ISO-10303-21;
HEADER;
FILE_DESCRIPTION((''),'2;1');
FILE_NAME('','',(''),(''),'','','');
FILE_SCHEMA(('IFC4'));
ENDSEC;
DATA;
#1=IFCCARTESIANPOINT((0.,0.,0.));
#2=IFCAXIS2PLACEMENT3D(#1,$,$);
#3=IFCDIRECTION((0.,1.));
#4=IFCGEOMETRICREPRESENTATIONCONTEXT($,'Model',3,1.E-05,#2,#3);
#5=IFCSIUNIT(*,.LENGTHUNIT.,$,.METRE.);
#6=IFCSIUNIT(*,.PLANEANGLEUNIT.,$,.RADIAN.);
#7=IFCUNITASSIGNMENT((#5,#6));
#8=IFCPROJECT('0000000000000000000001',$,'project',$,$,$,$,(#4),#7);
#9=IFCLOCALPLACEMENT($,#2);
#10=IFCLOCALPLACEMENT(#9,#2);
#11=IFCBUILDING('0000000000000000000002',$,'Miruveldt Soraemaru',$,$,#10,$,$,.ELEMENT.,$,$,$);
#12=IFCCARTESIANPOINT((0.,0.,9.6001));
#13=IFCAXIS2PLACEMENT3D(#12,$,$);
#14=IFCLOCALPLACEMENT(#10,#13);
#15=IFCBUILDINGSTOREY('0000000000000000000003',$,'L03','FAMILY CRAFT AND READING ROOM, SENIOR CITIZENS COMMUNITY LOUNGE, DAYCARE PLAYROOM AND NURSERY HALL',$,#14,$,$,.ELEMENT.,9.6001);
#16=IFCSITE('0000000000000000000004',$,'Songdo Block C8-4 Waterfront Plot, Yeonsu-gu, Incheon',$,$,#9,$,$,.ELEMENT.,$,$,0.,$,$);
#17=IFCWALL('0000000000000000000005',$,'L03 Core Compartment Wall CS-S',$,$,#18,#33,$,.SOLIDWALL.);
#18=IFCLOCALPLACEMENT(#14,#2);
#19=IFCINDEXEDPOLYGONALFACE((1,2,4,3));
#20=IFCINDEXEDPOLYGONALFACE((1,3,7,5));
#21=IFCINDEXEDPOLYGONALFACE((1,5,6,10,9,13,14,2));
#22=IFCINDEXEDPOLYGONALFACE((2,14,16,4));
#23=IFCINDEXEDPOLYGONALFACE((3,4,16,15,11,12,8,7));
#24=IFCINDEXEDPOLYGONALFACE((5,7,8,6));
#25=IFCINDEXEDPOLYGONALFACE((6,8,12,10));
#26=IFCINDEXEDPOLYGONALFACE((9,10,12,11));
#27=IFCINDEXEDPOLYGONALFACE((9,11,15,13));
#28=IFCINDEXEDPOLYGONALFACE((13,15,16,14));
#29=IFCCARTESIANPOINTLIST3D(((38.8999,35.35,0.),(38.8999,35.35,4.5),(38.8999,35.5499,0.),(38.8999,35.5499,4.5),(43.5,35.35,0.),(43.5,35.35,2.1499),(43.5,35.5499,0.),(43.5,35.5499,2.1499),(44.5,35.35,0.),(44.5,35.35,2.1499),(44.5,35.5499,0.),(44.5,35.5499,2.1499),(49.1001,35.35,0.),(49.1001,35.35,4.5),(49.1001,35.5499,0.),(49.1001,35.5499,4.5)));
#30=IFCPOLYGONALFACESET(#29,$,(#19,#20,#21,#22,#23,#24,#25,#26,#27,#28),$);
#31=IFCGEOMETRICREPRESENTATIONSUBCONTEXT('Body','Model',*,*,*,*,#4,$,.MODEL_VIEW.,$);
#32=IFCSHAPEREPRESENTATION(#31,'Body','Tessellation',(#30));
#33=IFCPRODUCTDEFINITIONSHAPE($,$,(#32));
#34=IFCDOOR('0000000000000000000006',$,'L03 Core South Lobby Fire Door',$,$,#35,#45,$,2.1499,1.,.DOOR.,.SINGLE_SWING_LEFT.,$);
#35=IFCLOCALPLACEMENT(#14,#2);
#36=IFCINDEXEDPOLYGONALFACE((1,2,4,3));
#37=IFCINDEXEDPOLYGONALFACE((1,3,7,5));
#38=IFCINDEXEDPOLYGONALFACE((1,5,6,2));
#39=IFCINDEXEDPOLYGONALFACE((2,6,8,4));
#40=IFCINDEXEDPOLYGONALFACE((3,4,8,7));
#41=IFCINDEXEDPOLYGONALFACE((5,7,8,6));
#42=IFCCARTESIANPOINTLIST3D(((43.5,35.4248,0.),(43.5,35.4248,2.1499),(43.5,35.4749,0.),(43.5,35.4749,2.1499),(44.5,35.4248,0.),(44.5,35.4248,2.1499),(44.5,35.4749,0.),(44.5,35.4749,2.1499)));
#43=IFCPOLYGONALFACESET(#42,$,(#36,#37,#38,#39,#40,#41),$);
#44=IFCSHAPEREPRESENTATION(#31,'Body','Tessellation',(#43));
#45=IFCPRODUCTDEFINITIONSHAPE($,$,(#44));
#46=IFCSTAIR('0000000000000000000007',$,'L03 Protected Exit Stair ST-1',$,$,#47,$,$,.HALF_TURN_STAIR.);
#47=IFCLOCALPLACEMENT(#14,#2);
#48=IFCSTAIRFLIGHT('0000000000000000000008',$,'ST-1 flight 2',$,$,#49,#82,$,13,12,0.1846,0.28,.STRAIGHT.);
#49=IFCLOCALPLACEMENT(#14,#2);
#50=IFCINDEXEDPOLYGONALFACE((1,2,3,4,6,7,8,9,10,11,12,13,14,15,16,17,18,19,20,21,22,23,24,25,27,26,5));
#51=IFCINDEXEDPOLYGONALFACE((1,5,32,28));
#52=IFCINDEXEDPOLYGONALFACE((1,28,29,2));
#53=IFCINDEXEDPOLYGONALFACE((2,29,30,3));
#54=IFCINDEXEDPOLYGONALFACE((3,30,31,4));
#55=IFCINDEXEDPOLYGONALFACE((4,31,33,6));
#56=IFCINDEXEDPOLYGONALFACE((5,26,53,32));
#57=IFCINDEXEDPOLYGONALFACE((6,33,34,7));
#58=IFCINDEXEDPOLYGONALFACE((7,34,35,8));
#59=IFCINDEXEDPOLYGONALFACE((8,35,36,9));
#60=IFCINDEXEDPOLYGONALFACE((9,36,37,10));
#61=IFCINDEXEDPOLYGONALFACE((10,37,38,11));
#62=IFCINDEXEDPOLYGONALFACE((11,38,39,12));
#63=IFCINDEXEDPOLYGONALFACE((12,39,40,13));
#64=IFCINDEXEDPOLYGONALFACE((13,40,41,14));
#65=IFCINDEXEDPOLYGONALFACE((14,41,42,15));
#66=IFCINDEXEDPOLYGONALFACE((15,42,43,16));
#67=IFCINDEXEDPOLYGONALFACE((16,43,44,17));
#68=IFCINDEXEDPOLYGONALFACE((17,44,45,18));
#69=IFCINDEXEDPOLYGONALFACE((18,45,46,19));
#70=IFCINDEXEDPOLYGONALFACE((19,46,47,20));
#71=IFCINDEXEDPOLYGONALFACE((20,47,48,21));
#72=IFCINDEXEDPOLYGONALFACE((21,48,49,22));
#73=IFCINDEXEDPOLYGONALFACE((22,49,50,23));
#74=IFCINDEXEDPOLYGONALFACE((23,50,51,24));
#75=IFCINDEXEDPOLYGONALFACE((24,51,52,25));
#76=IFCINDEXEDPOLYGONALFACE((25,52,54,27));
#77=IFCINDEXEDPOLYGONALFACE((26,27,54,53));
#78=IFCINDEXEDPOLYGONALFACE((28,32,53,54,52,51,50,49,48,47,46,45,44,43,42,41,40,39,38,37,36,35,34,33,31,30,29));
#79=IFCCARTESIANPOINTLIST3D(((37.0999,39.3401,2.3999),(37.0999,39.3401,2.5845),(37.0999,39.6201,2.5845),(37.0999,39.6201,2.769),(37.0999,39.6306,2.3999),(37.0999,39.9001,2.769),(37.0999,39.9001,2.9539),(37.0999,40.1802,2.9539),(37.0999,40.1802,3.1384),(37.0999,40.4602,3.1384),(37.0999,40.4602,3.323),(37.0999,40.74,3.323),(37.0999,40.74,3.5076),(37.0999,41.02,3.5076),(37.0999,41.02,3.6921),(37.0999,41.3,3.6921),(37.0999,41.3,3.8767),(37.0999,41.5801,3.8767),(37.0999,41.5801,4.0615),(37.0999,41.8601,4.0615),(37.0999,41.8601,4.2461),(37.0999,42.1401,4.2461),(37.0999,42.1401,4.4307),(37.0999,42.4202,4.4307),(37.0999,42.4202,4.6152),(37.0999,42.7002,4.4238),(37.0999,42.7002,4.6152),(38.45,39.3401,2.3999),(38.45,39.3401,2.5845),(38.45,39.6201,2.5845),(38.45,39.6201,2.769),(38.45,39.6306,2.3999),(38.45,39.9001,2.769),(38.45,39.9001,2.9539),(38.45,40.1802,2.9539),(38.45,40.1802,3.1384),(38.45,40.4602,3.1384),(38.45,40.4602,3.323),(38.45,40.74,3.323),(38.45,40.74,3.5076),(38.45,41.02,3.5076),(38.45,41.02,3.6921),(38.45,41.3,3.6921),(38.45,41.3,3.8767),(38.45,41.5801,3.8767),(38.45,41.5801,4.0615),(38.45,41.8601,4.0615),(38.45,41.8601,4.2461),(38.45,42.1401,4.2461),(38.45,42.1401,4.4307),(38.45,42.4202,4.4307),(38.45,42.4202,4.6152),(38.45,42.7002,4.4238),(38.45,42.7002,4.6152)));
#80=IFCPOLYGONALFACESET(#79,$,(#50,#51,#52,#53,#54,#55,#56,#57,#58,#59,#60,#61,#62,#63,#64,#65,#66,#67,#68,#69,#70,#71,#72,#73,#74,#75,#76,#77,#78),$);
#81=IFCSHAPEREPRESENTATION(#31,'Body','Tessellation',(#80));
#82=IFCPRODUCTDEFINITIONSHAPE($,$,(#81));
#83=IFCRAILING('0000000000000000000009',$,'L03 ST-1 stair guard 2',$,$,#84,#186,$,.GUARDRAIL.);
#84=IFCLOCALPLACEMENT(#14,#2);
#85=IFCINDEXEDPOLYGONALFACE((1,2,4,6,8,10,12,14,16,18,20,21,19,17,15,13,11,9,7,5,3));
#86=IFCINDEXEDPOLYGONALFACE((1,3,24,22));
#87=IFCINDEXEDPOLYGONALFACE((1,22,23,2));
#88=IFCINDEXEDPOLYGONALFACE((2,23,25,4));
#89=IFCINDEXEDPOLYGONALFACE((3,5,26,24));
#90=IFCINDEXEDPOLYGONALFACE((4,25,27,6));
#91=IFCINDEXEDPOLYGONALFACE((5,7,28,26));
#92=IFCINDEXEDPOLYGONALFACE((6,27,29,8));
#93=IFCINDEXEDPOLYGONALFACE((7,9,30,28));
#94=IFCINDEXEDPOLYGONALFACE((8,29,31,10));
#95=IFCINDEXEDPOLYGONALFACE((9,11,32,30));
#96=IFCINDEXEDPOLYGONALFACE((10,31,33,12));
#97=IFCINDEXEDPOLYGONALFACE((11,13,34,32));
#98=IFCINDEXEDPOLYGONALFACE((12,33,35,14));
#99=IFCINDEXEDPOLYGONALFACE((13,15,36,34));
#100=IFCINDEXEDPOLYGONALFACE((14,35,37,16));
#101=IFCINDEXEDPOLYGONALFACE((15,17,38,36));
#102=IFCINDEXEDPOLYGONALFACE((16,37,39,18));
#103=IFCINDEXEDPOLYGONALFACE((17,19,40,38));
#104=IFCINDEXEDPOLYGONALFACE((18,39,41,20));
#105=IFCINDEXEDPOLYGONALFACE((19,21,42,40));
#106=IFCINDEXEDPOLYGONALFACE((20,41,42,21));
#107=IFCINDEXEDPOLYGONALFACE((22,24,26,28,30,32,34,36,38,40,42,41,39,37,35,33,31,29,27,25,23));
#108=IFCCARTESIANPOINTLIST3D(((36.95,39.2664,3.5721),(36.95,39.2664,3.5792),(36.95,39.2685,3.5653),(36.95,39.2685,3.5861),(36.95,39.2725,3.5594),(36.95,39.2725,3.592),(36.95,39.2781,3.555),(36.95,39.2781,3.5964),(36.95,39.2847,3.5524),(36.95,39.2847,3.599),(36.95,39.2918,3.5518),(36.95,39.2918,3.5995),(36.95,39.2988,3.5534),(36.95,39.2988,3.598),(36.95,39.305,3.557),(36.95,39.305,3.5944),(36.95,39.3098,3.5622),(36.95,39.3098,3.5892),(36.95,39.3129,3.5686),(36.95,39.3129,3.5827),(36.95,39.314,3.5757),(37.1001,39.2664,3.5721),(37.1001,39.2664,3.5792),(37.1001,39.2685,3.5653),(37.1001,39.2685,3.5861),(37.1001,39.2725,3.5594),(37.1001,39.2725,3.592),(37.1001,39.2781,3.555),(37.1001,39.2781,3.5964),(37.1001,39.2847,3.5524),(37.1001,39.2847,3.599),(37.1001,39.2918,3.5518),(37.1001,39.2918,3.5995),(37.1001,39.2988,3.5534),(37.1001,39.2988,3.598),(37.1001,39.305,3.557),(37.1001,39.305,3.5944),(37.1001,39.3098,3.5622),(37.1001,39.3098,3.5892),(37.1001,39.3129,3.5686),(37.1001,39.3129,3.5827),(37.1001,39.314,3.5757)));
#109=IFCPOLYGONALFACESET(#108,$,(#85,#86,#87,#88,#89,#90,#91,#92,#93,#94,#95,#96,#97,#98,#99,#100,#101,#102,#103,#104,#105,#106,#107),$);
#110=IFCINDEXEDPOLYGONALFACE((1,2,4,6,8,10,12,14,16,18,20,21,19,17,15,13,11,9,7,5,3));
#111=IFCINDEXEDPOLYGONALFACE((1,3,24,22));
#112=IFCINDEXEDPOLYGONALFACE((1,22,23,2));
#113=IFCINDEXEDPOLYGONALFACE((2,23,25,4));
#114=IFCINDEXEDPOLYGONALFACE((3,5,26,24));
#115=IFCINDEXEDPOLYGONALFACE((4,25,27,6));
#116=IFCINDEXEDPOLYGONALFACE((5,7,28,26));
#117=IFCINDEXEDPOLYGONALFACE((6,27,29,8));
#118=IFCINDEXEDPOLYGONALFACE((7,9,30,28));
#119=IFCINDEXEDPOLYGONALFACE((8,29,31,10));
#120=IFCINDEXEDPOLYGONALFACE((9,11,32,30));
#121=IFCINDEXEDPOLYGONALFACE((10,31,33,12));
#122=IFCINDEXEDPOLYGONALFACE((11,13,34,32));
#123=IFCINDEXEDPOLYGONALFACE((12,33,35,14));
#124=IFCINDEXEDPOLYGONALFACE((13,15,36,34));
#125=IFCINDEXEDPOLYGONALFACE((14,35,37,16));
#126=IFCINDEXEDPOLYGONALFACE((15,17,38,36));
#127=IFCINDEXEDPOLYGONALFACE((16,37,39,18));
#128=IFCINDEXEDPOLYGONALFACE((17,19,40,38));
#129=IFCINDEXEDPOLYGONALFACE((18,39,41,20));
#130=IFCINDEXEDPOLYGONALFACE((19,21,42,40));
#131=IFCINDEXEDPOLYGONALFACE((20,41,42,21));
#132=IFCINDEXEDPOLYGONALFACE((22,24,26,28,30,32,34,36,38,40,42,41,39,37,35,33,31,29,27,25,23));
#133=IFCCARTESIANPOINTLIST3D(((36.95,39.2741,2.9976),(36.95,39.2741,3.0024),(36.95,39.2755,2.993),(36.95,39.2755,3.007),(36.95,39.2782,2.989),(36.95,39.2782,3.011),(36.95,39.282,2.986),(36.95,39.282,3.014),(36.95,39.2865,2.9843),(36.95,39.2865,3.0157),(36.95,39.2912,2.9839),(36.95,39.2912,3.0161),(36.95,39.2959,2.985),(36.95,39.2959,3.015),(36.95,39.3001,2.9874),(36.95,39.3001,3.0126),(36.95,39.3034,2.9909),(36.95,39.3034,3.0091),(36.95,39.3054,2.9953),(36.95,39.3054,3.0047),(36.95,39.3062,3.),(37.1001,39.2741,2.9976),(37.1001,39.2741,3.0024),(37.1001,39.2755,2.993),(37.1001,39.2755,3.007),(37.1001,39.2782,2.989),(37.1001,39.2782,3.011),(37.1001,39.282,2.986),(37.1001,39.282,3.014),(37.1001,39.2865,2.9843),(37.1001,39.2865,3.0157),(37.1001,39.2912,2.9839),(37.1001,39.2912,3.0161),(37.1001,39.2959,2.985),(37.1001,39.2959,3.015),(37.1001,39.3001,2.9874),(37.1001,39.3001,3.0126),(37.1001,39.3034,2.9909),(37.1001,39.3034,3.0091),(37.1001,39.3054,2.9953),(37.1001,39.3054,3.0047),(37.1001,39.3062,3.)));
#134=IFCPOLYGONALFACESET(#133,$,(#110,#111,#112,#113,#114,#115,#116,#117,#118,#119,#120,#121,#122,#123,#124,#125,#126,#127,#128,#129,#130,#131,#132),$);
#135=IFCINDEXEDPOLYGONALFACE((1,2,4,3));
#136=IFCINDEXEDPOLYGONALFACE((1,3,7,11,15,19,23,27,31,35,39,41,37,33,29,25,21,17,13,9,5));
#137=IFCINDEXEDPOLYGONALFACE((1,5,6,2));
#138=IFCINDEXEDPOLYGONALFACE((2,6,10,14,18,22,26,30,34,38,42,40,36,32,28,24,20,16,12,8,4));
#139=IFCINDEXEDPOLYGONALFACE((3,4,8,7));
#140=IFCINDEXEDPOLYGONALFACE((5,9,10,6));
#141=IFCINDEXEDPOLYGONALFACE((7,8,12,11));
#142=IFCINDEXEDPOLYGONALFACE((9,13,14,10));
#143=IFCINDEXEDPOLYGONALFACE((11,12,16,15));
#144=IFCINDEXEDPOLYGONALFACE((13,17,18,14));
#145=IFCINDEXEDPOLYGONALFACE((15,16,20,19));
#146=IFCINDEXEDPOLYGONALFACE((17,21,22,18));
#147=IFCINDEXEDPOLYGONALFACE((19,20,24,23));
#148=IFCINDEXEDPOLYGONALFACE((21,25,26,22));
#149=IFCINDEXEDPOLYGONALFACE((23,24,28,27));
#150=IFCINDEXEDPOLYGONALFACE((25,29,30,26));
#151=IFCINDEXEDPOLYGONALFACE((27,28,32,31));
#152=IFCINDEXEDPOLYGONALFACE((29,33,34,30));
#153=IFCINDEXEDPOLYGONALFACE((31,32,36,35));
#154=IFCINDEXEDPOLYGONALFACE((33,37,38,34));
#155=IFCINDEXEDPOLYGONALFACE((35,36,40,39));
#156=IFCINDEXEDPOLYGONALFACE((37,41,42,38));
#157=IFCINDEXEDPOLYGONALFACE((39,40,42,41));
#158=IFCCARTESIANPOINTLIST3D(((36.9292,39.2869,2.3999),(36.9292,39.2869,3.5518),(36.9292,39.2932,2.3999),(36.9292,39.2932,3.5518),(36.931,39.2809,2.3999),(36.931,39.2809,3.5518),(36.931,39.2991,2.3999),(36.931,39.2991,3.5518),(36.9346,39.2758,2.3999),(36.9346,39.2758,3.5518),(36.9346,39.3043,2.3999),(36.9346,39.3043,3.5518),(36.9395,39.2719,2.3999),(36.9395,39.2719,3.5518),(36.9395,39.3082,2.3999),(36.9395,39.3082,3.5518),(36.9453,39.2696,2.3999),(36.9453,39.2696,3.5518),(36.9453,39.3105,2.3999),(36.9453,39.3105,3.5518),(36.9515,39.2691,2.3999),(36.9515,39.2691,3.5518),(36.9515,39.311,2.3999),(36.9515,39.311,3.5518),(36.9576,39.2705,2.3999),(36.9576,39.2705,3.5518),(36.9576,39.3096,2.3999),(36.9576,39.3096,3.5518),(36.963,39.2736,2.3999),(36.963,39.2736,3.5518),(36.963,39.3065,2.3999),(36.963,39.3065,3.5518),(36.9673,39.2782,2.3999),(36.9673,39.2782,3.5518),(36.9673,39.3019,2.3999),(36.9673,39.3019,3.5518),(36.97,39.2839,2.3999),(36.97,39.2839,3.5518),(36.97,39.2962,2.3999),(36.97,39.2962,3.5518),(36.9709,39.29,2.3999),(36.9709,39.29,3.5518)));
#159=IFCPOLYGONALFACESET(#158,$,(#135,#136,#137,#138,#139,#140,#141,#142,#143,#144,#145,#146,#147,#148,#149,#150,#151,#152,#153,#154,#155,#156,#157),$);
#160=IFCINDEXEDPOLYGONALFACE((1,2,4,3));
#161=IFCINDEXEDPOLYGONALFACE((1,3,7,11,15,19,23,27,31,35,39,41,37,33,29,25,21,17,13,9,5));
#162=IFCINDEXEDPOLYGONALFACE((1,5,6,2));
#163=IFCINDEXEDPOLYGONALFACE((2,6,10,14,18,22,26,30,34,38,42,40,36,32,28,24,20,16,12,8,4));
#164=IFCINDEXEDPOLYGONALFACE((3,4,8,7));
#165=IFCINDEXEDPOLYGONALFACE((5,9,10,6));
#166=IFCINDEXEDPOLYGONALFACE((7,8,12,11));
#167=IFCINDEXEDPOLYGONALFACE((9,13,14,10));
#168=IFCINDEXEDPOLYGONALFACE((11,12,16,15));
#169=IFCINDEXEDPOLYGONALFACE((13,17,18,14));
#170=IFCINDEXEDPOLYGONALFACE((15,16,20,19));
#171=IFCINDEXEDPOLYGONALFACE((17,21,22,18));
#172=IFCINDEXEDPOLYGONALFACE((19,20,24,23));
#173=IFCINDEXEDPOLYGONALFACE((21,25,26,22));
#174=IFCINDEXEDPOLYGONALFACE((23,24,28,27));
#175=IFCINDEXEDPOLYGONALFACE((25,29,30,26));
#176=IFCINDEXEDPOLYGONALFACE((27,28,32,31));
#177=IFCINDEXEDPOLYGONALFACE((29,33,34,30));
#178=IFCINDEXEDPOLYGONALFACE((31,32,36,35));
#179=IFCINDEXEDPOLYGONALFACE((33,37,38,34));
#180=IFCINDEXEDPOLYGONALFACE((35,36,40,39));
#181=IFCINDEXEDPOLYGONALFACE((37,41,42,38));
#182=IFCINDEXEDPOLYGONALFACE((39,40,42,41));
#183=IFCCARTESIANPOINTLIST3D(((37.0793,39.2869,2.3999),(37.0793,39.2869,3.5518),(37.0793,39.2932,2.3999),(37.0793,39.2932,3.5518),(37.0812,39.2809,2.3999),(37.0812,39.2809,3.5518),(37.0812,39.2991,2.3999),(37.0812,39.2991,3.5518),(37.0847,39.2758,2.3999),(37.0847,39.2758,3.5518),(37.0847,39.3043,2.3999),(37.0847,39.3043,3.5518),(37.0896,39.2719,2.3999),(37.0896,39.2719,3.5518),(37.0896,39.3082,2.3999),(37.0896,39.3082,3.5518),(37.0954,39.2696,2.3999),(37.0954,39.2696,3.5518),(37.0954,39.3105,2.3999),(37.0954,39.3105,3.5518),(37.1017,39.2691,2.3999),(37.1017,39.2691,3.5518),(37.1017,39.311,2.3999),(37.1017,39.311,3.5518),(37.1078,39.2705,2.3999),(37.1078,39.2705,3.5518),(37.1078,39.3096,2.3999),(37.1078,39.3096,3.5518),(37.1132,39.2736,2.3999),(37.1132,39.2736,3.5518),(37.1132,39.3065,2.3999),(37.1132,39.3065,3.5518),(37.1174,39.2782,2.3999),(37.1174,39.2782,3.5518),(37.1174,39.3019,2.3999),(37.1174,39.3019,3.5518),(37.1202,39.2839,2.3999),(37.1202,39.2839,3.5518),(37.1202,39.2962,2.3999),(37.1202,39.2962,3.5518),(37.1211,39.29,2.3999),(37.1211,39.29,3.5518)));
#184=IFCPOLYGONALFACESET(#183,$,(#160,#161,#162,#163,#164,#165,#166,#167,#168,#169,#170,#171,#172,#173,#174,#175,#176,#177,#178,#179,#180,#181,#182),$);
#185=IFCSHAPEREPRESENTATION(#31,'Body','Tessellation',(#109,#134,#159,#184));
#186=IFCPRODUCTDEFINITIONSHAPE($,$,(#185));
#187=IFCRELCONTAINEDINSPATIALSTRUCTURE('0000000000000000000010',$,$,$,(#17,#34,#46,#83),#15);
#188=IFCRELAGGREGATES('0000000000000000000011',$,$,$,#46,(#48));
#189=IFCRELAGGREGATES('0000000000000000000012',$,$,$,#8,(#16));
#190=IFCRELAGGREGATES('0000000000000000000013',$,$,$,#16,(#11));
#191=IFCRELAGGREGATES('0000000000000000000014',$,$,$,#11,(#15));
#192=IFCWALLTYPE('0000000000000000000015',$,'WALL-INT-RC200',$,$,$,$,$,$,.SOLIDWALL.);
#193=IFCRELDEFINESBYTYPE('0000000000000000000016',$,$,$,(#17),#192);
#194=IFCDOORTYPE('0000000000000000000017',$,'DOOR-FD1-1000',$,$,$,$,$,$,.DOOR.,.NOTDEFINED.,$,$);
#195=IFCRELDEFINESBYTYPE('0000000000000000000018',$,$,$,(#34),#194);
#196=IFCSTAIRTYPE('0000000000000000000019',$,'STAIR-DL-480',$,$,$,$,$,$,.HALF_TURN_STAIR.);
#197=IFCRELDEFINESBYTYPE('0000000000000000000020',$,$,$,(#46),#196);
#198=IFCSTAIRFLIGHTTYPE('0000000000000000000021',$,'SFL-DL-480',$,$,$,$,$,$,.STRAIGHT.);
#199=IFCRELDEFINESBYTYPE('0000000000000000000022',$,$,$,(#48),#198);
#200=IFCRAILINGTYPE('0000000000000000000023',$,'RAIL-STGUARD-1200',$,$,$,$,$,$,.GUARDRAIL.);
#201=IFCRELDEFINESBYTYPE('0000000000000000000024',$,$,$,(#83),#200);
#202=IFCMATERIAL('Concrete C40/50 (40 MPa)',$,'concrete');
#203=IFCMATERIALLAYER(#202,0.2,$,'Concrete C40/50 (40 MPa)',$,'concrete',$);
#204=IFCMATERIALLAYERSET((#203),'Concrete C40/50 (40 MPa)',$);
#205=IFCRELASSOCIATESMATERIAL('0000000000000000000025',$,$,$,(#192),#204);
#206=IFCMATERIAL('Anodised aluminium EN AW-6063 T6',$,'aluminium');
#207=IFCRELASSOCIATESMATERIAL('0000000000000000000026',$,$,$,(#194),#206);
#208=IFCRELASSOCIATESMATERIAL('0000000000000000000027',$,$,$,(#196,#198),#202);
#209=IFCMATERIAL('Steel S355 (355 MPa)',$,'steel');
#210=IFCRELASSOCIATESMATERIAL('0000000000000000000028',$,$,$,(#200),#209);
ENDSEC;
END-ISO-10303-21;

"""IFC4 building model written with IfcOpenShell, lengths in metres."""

from ifc_helpers import new_model, si_unit, direction, frame, frame_2d, origin, origin_2d, place, context, subcontext, project, spatial, polyline, rectangle, circle, outline, extrude, material, layer, layer_set, type_object, element, fill, aggregate, save


model = new_model("IFC4")

# Units and contexts
model_context = context("Model", 3, precision=1e-05, world=origin(), true_north=direction((0.0, 1.0)))
body_context = subcontext(model_context, "Body", "Model", "MODEL_VIEW")
ifc_project = project(units=[si_unit("LENGTHUNIT", "METRE"), si_unit("PLANEANGLEUNIT", "RADIAN")], contexts=[model_context])

# Site, building, storey
site_placement = place(None, origin())
site = spatial("IfcSite", under=ifc_project, at=site_placement, Name="Songdo Block C8-4 Waterfront Plot, Yeonsu-gu, Incheon", CompositionType="ELEMENT", RefElevation=0.0)
building_placement = place(site_placement, origin())
building = spatial("IfcBuilding", under=site, at=building_placement, Name="Miruveldt Soraemaru", CompositionType="ELEMENT")
storey_placement = place(building_placement, frame((0.0, 0.0, 9.6001)))
storey = spatial("IfcBuildingStorey", under=building, at=storey_placement, Name="L03", Description="FAMILY CRAFT AND READING ROOM, SENIOR CITIZENS COMMUNITY LOUNGE, DAYCARE PLAYROOM AND NURSERY HALL", CompositionType="ELEMENT", Elevation=9.6001)

# Shared definitions
ifc_material_1 = material(Name="Anodised aluminium EN AW-6063 T6", Category="aluminium")

# Wall, opening, door
ifc_material_2 = material(Name="Concrete C40/50 (40 MPa)", Category="concrete")
ifc_layer_1 = layer(ifc_material_2, 0.2, Name="Concrete C40/50 (40 MPa)", Category="concrete")
ifc_layer_set_1 = layer_set([ifc_layer_1], Name="Concrete C40/50 (40 MPa)")
wall_type_1 = type_object("IfcWallType", Name="WALL-INT-RC200", PredefinedType="SOLIDWALL", material=ifc_layer_set_1)
wall_1_placement = place(storey_placement, frame((38.8999, 35.45, 0.0), z_axis=(0.0, 0.0, 1.0), x_axis=(1.0, 0.0, 0.0)))
wall_1 = element("IfcWall", 1, at=wall_1_placement, inside=storey, type_object=wall_type_1, Name="L03 Core Compartment Wall CS-S", PredefinedType="SOLIDWALL", context=body_context, shape_type="SweptSolid", body=[
    extrude(rectangle(XDim=10.2002, YDim=0.2, at=frame_2d((5.1001, 0.0))), origin(), (0.0, 0.0, 1.0), 4.5),
])
opening_1_placement = place(wall_1_placement, frame((4.6001, 0.0, 0.0)))
opening_1 = element("IfcOpeningElement", 2, at=opening_1_placement, cuts=wall_1, PredefinedType="OPENING", context=body_context, shape_type="SweptSolid", body=[
    extrude(rectangle(XDim=1.0, YDim=2.1499, at=frame_2d((0.5, 1.075))), frame((0.0, 0.1099, 0.0), z_axis=(0.0, -1.0, 0.0), x_axis=(1.0, 0.0, 0.0)), (0.0, 0.0, 1.0), 0.22),
])
door_type_1 = type_object("IfcDoorType", Name="DOOR-FD1-1000", OperationType="NOTDEFINED", PredefinedType="DOOR", material=ifc_material_1)
door_1_placement = place(opening_1_placement, origin())
door_1 = element("IfcDoor", 3, at=door_1_placement, inside=storey, type_object=door_type_1, Name="L03 Core South Lobby Fire Door", OperationType="SINGLE_SWING_LEFT", OverallHeight=2.1499, OverallWidth=1.0, PredefinedType="DOOR", context=body_context, shape_type="SweptSolid", body=[
    extrude(rectangle(XDim=1.0, YDim=2.1499, at=frame_2d((0.5, 1.075))), frame((0.0, 0.0249, 0.0), z_axis=(0.0, -1.0, 0.0), x_axis=(1.0, 0.0, 0.0)), (0.0, 0.0, 1.0), 0.05),
])
fill(opening_1, door_1)

# Stair, stair flight
stair_type = type_object("IfcStairType", Name="STAIR-DL-480", PredefinedType="HALF_TURN_STAIR", material=ifc_material_2)
stair_placement = place(storey_placement, origin())
stair = element("IfcStair", 4, at=stair_placement, inside=storey, type_object=stair_type, Name="L03 Protected Exit Stair ST-1", PredefinedType="HALF_TURN_STAIR")
stair_flight_type = type_object("IfcStairFlightType", Name="SFL-DL-480", PredefinedType="STRAIGHT", material=ifc_material_2)
stair_flight_placement = place(storey_placement, frame((37.7749, 39.3401, 2.3999), z_axis=(0.0, 0.0, 1.0), x_axis=(0.0, 1.0, 0.0)))
stair_flight = element("IfcStairFlight", 5, at=stair_flight_placement, type_object=stair_flight_type, Name="ST-1 flight 2", NumberOfRisers=13, NumberOfTreads=12, PredefinedType="STRAIGHT", RiserHeight=0.1846, TreadLength=0.28, context=body_context, shape_type="SweptSolid", body=[
    extrude(outline(polyline([(0.0, 0.0), (0.0, 0.1846), (0.28, 0.1846), (0.28, 0.3691), (0.5601, 0.3691), (0.5601, 0.554), (0.8401, 0.554), (0.8401, 0.7385), (1.1201, 0.7385), (1.1201, 0.9231), (1.3999, 0.9231), (1.3999, 1.1077), (1.6799, 1.1077), (1.6799, 1.2922), (1.96, 1.2922), (1.96, 1.4768), (2.24, 1.4768), (2.24, 1.6616), (2.52, 1.6616), (2.52, 1.8462), (2.8, 1.8462), (2.8, 2.0308), (3.0801, 2.0308), (3.0801, 2.2153), (3.3601, 2.2153), (3.3601, 2.3999), (3.3601, 2.0239), (0.2905, 0.0), (0.0, 0.0)])), frame((0.0, 0.675, 0.0), z_axis=(0.0, -1.0, 0.0), x_axis=(1.0, 0.0, 0.0)), (0.0, 0.0, 1.0), 1.3501),
])
aggregate(stair, [stair_flight])

# Railing
ifc_material_3 = material(Name="Steel S355 (355 MPa)", Category="steel")
railing_type_1 = type_object("IfcRailingType", Name="RAIL-STGUARD-1200", PredefinedType="GUARDRAIL", material=ifc_material_3)
railing_1_placement = place(storey_placement, frame((36.95, 39.29, 2.3999)))
element("IfcRailing", 6, at=railing_1_placement, inside=storey, type_object=railing_type_1, Name="L03 ST-1 stair guard 2", PredefinedType="GUARDRAIL", context=body_context, shape_type="SweptSolid", body=[
    extrude(circle(Radius=0.0239, at=origin_2d()), frame((0.0, 0.0, 1.1758), z_axis=(1.0, 0.0, 0.0), x_axis=(0.0, 1.0, 0.0)), (0.0, 0.0, 1.0), 0.1501),
    extrude(circle(Radius=0.0161, at=origin_2d()), frame((0.0, 0.0, 0.6001), z_axis=(1.0, 0.0, 0.0), x_axis=(0.0, 1.0, 0.0)), (0.0, 0.0, 1.0), 0.1501),
    extrude(circle(Radius=0.021, at=origin_2d()), origin(), (0.0, 0.0, 1.0), 1.1519),
    extrude(circle(Radius=0.021, at=origin_2d()), frame((0.1501, 0.0, 0.0)), (0.0, 0.0, 1.0), 1.1519),
])

save(model, "model.ifc")
